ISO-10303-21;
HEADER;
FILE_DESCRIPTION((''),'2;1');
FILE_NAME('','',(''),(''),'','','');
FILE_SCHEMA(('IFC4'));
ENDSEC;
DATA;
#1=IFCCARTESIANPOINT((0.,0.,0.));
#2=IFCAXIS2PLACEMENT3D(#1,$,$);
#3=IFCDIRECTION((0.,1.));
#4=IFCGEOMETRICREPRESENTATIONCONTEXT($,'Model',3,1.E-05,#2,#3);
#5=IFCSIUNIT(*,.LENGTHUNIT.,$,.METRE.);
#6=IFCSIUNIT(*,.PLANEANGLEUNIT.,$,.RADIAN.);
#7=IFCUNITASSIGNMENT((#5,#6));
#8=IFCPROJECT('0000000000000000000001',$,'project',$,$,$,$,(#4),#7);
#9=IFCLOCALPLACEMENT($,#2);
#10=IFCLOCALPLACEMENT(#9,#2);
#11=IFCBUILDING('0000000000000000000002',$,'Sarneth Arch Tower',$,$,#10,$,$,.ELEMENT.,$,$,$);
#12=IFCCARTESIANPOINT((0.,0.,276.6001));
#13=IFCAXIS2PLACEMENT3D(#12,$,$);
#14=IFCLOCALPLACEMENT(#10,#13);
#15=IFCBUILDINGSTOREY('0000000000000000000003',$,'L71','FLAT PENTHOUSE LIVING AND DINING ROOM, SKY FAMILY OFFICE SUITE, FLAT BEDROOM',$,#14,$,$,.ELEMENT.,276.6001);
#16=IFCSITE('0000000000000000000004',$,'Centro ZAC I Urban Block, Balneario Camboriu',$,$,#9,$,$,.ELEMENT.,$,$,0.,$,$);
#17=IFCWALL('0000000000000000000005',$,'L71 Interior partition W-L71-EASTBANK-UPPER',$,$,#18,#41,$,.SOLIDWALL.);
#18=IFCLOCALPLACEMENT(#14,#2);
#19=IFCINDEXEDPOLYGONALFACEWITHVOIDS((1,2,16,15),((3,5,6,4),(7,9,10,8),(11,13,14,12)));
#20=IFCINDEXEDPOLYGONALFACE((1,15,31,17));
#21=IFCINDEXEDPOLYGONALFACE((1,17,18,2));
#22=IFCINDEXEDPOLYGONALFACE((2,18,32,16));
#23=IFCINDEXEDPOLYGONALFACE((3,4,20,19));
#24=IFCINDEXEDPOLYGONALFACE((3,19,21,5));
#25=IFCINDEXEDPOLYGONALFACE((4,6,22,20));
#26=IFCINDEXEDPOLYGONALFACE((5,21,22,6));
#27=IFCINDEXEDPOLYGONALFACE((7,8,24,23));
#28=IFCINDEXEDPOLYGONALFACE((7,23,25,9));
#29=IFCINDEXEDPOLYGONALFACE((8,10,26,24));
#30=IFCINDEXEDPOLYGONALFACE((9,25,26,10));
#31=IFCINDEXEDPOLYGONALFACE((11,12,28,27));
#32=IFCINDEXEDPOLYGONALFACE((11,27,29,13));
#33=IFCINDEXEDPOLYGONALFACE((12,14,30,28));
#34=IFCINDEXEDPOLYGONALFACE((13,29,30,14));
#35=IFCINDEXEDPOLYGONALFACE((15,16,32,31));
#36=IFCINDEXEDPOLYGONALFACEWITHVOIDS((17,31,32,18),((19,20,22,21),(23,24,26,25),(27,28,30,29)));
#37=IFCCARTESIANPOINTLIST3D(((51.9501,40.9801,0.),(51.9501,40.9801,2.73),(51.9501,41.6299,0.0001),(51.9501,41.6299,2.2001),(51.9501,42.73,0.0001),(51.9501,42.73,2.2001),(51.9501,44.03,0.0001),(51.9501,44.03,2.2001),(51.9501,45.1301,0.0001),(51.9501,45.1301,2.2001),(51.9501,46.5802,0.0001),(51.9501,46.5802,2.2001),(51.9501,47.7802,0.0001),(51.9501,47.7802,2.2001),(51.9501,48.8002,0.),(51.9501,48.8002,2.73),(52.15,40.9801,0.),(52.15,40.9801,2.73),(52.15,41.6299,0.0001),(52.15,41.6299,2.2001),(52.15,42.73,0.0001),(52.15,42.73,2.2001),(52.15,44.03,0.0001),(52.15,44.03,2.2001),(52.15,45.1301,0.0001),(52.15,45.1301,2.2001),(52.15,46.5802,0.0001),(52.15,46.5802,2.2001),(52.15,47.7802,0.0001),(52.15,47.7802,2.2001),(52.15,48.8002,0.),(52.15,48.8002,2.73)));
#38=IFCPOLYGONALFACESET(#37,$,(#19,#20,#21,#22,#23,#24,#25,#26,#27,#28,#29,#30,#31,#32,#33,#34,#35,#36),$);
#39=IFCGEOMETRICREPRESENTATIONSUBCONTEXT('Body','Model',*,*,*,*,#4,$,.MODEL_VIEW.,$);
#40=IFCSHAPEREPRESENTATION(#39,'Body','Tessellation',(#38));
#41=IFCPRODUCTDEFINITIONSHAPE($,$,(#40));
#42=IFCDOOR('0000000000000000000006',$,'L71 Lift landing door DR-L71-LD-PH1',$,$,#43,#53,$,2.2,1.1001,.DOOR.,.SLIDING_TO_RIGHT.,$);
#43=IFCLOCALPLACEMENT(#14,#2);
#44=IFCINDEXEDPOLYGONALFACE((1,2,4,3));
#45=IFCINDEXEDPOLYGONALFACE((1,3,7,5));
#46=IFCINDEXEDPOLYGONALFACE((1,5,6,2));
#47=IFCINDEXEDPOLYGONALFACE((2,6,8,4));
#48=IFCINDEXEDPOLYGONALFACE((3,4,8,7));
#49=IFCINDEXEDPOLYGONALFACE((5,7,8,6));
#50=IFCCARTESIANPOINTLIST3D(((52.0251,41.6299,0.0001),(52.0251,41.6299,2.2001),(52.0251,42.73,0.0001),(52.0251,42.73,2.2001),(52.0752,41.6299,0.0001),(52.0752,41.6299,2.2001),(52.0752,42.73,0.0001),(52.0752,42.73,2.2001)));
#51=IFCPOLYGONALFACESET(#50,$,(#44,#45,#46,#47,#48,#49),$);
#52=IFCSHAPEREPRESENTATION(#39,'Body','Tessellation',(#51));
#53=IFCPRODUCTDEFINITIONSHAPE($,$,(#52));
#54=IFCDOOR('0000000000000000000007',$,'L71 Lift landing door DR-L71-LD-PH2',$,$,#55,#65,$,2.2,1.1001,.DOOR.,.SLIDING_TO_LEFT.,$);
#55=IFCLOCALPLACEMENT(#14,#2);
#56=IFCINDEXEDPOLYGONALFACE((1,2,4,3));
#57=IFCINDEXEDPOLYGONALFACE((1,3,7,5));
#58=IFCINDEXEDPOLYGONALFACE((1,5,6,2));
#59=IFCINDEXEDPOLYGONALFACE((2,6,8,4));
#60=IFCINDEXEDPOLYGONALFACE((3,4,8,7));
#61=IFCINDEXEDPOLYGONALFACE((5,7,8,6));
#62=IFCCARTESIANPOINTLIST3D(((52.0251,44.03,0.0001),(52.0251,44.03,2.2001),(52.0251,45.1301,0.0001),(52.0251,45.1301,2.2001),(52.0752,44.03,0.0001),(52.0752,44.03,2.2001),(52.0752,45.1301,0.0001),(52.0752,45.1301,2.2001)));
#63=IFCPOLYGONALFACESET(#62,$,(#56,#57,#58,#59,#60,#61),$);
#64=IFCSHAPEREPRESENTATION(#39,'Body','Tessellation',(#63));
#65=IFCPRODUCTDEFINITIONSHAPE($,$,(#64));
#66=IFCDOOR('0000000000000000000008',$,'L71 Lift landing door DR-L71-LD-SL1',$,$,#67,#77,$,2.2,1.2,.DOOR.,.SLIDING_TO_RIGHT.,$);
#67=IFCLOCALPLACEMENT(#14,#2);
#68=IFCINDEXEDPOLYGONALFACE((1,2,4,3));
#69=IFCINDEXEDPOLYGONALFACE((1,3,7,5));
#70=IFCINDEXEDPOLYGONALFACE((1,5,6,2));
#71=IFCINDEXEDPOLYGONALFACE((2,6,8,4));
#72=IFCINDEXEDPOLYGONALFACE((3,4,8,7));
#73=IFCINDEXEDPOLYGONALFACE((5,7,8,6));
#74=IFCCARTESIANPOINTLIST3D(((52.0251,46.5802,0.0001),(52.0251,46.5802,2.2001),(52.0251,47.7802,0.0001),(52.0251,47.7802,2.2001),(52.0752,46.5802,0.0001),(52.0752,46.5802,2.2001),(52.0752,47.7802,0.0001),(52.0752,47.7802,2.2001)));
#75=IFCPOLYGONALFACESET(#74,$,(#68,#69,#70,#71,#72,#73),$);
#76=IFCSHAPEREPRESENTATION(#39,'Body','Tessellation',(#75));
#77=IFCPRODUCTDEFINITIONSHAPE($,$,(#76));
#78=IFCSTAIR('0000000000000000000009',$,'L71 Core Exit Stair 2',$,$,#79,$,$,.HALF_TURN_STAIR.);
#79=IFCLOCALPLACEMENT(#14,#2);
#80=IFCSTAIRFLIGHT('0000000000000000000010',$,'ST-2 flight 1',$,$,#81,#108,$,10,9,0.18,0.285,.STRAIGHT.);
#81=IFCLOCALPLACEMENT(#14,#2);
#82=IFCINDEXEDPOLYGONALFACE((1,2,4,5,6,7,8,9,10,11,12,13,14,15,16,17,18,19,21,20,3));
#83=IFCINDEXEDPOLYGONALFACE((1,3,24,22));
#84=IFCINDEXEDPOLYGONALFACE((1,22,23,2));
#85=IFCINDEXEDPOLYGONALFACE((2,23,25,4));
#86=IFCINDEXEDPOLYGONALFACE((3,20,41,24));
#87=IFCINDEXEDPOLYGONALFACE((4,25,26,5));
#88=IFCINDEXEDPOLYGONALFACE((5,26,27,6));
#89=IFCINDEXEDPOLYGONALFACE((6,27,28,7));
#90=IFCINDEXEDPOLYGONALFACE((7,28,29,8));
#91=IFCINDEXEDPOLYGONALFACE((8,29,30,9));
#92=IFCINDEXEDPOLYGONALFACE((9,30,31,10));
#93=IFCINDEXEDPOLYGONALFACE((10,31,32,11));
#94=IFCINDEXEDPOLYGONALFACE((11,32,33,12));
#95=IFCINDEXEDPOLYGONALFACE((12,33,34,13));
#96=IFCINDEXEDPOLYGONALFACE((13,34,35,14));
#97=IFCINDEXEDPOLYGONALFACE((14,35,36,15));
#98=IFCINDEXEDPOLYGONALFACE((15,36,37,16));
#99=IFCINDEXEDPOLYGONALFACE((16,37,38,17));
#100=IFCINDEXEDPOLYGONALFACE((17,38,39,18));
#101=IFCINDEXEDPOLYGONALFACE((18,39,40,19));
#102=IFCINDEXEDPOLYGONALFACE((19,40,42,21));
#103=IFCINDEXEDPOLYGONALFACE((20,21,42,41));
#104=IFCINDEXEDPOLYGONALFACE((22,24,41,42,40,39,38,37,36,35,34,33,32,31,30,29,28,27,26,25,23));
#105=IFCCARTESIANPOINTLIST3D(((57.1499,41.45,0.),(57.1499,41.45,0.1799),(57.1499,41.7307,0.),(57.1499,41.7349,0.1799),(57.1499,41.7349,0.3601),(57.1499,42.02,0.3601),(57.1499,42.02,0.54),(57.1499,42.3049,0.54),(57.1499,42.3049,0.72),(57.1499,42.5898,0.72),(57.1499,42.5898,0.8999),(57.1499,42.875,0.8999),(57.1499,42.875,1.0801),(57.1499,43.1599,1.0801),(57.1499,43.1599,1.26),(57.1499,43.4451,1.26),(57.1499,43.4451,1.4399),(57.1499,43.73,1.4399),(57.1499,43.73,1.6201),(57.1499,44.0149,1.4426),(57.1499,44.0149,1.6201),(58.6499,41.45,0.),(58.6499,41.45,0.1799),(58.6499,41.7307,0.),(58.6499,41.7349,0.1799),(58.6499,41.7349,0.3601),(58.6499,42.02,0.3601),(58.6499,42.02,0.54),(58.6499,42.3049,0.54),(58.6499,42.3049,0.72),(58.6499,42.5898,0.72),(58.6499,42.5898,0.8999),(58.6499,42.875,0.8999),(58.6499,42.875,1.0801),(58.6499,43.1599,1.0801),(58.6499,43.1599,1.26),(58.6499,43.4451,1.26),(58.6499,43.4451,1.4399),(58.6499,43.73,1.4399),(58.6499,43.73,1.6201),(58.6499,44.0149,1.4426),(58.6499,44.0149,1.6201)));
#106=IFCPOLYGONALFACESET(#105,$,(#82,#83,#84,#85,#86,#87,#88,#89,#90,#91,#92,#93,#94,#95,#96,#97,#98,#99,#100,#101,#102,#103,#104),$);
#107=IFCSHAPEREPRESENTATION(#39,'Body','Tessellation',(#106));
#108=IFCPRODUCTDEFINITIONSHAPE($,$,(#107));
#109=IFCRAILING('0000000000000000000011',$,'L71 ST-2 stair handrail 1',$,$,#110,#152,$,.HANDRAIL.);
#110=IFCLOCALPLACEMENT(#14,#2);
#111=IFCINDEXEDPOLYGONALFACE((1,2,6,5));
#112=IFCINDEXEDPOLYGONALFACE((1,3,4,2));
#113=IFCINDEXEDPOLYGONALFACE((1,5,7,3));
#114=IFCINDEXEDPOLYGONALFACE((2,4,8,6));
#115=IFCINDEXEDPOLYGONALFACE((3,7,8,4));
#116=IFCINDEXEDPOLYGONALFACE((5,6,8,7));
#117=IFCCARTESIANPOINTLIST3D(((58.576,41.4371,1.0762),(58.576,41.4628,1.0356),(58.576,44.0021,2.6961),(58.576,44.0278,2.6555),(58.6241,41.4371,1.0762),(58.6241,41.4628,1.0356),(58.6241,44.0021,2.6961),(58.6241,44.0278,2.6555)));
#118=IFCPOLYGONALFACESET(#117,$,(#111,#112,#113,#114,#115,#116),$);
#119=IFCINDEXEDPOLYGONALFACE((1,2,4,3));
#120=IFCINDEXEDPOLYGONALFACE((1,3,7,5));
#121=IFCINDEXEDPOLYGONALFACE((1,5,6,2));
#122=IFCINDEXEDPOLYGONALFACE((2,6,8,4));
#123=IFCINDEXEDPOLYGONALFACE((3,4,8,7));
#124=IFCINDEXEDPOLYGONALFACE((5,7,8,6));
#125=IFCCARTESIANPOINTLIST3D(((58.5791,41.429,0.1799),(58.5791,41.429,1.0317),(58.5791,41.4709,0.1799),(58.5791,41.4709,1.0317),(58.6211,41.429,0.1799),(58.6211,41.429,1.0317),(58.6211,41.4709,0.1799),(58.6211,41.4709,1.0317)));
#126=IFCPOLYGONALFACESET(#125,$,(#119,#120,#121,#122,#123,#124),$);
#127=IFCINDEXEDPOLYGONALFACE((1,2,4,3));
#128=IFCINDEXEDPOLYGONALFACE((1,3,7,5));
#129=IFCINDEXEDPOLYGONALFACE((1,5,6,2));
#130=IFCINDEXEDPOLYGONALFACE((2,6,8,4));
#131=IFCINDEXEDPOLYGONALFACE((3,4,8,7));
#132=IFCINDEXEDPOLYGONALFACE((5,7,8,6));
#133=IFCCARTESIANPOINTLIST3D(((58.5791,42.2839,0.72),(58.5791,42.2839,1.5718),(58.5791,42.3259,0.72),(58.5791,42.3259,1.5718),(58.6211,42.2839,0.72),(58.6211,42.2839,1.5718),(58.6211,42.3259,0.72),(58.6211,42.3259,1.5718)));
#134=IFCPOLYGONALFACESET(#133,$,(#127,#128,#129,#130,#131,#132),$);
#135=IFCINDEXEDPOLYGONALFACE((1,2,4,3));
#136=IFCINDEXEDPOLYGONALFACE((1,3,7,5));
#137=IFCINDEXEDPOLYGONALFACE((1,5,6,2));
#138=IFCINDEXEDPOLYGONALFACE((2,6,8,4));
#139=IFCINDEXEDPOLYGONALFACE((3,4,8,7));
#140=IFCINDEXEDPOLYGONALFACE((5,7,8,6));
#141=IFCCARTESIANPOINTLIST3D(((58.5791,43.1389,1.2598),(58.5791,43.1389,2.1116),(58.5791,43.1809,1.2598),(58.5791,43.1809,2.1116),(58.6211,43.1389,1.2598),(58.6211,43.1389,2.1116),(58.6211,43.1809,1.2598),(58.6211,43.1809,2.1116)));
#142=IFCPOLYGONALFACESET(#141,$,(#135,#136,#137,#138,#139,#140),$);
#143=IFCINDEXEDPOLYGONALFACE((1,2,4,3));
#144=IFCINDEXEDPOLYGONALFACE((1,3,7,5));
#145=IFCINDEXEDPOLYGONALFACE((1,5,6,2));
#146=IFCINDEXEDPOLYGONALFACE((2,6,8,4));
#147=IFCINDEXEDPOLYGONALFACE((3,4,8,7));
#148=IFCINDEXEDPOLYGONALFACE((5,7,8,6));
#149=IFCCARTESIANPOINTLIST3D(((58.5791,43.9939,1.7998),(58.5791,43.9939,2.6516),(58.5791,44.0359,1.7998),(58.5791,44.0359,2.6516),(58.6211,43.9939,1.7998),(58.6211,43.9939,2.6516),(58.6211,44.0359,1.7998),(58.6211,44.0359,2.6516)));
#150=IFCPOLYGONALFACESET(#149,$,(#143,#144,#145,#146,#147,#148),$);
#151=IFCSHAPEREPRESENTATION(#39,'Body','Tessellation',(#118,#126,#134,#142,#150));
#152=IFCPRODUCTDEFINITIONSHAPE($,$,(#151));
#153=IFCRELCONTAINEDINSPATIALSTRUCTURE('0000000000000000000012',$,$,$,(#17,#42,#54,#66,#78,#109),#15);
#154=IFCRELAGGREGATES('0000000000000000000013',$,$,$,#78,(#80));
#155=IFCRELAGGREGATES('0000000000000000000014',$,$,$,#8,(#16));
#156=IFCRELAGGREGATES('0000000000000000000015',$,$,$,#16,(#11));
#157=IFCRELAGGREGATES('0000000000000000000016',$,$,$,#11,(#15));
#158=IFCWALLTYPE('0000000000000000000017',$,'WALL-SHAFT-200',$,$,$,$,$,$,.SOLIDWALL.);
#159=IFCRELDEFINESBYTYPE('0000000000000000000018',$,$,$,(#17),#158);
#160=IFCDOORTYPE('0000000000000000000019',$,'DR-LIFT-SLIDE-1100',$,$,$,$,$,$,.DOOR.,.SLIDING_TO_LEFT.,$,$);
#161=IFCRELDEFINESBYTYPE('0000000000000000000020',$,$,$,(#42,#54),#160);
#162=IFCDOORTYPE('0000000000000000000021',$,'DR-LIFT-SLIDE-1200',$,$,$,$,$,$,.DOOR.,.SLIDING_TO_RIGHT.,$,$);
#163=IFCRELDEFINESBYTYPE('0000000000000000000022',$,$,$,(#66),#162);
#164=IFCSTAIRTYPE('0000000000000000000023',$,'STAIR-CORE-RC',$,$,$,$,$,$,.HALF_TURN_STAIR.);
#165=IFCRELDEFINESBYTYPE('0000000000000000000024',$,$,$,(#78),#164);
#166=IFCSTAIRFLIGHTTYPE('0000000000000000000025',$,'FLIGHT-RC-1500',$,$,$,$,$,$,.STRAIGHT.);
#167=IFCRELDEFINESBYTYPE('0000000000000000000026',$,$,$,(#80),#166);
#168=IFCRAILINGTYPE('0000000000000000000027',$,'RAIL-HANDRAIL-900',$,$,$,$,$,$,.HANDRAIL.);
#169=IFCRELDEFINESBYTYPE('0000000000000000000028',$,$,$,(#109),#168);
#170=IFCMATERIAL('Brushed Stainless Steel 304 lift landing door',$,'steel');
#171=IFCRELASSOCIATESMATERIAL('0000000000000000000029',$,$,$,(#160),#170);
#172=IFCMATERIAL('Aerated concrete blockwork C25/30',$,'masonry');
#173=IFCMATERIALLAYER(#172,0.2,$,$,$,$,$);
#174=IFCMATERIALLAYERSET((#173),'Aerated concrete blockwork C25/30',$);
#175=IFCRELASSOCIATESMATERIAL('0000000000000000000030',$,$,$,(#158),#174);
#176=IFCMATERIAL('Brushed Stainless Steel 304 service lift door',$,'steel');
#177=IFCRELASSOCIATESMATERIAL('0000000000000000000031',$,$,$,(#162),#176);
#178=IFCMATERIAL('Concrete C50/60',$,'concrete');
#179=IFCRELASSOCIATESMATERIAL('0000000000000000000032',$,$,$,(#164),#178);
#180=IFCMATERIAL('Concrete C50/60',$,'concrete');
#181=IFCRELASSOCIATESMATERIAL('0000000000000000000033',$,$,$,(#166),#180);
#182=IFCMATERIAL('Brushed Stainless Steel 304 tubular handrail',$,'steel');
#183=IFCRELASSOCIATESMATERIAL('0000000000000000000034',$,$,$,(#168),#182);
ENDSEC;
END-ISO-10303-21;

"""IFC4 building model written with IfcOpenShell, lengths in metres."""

from ifc_helpers import new_model, si_unit, direction, frame, frame_2d, origin, origin_2d, place, context, subcontext, project, spatial, polyline, rectangle, outline, extrude, material, layer, layer_set, type_object, element, fill, aggregate, save


model = new_model("IFC4")

# Units and contexts
model_context = context("Model", 3, precision=1e-05, world=origin(), true_north=direction((0.0, 1.0)))
body_context = subcontext(model_context, "Body", "Model", "MODEL_VIEW")
ifc_project = project(units=[si_unit("LENGTHUNIT", "METRE"), si_unit("PLANEANGLEUNIT", "RADIAN")], contexts=[model_context])

# Site, building, storey
site_placement = place(None, origin())
site = spatial("IfcSite", under=ifc_project, at=site_placement, Name="Centro ZAC I Urban Block, Balneario Camboriu", CompositionType="ELEMENT", RefElevation=0.0)
building_placement = place(site_placement, origin())
building = spatial("IfcBuilding", under=site, at=building_placement, Name="Sarneth Arch Tower", CompositionType="ELEMENT")
storey_placement = place(building_placement, frame((0.0, 0.0, 276.6001)))
storey = spatial("IfcBuildingStorey", under=building, at=storey_placement, Name="L71", Description="FLAT PENTHOUSE LIVING AND DINING ROOM, SKY FAMILY OFFICE SUITE, FLAT BEDROOM", CompositionType="ELEMENT", Elevation=276.6001)

# Shared definitions
ifc_material_1 = material(Name="Brushed Stainless Steel 304 lift landing door", Category="steel")
door_type_1 = type_object("IfcDoorType", Name="DR-LIFT-SLIDE-1100", OperationType="SLIDING_TO_LEFT", PredefinedType="DOOR", material=ifc_material_1)

# Shared definitions
ifc_material_2 = material(Name="Aerated concrete blockwork C25/30", Category="masonry")
ifc_layer_1 = layer(ifc_material_2, 0.2)
ifc_layer_set_1 = layer_set([ifc_layer_1], Name="Aerated concrete blockwork C25/30")
wall_type_1 = type_object("IfcWallType", Name="WALL-SHAFT-200", PredefinedType="SOLIDWALL", material=ifc_layer_set_1)

# Wall, openings, doors
wall_1_placement = place(storey_placement, frame((52.05, 40.98, 0.0), z_axis=(0.0, 0.0, 1.0), x_axis=(0.0, 1.0, 0.0)))
wall_1 = element("IfcWall", 1, at=wall_1_placement, inside=storey, type_object=wall_type_1, Name="L71 Interior partition W-L71-EASTBANK-UPPER", PredefinedType="SOLIDWALL", context=body_context, shape_type="SweptSolid", body=[
    extrude(rectangle(XDim=7.8201, YDim=0.2, at=frame_2d((3.9102, 0.0))), origin(), (0.0, 0.0, 1.0), 2.73),
])
opening_1_placement = place(wall_1_placement, frame((0.6499, 0.0, 0.0)))
opening_1 = element("IfcOpeningElement", 2, at=opening_1_placement, cuts=wall_1, PredefinedType="OPENING", context=body_context, shape_type="SweptSolid", body=[
    extrude(rectangle(XDim=1.1001, YDim=2.2, at=frame_2d((0.55, 1.1001))), frame((0.0, 0.1099, 0.0), z_axis=(0.0, -1.0, 0.0), x_axis=(1.0, 0.0, 0.0)), (0.0, 0.0, 1.0), 0.22),
])
opening_2_placement = place(wall_1_placement, frame((3.05, 0.0, 0.0)))
opening_2 = element("IfcOpeningElement", 3, at=opening_2_placement, cuts=wall_1, PredefinedType="OPENING", context=body_context, shape_type="SweptSolid", body=[
    extrude(rectangle(XDim=1.1001, YDim=2.2, at=frame_2d((0.55, 1.1001))), frame((0.0, 0.1099, 0.0), z_axis=(0.0, -1.0, 0.0), x_axis=(1.0, 0.0, 0.0)), (0.0, 0.0, 1.0), 0.22),
])
opening_3_placement = place(wall_1_placement, frame((5.6001, 0.0, 0.0)))
opening_3 = element("IfcOpeningElement", 4, at=opening_3_placement, cuts=wall_1, PredefinedType="OPENING", context=body_context, shape_type="SweptSolid", body=[
    extrude(rectangle(XDim=1.2, YDim=2.2, at=frame_2d((0.6001, 1.1001))), frame((0.0, 0.1099, 0.0), z_axis=(0.0, -1.0, 0.0), x_axis=(1.0, 0.0, 0.0)), (0.0, 0.0, 1.0), 0.22),
])
door_1_placement = place(opening_1_placement, origin())
door_1 = element("IfcDoor", 5, at=door_1_placement, inside=storey, type_object=door_type_1, Name="L71 Lift landing door DR-L71-LD-PH1", OperationType="SLIDING_TO_RIGHT", OverallHeight=2.2, OverallWidth=1.1001, PredefinedType="DOOR", context=body_context, shape_type="SweptSolid", body=[
    extrude(rectangle(XDim=1.1001, YDim=2.2, at=frame_2d((0.55, 1.1001))), frame((0.0, 0.0249, 0.0), z_axis=(0.0, -1.0, 0.0), x_axis=(1.0, 0.0, 0.0)), (0.0, 0.0, 1.0), 0.05),
])
fill(opening_1, door_1)
door_2_placement = place(opening_2_placement, origin())
door_2 = element("IfcDoor", 6, at=door_2_placement, inside=storey, type_object=door_type_1, Name="L71 Lift landing door DR-L71-LD-PH2", OperationType="SLIDING_TO_LEFT", OverallHeight=2.2, OverallWidth=1.1001, PredefinedType="DOOR", context=body_context, shape_type="SweptSolid", body=[
    extrude(rectangle(XDim=1.1001, YDim=2.2, at=frame_2d((0.55, 1.1001))), frame((0.0, 0.0249, 0.0), z_axis=(0.0, -1.0, 0.0), x_axis=(1.0, 0.0, 0.0)), (0.0, 0.0, 1.0), 0.05),
])
fill(opening_2, door_2)
ifc_material_3 = material(Name="Brushed Stainless Steel 304 service lift door", Category="steel")
door_type_2 = type_object("IfcDoorType", Name="DR-LIFT-SLIDE-1200", OperationType="SLIDING_TO_RIGHT", PredefinedType="DOOR", material=ifc_material_3)
door_3_placement = place(opening_3_placement, origin())
door_3 = element("IfcDoor", 7, at=door_3_placement, inside=storey, type_object=door_type_2, Name="L71 Lift landing door DR-L71-LD-SL1", OperationType="SLIDING_TO_RIGHT", OverallHeight=2.2, OverallWidth=1.2, PredefinedType="DOOR", context=body_context, shape_type="SweptSolid", body=[
    extrude(rectangle(XDim=1.2, YDim=2.2, at=frame_2d((0.6001, 1.1001))), frame((0.0, 0.0249, 0.0), z_axis=(0.0, -1.0, 0.0), x_axis=(1.0, 0.0, 0.0)), (0.0, 0.0, 1.0), 0.05),
])
fill(opening_3, door_3)

# Stair, stair flight
ifc_material_4 = material(Name="Concrete C50/60", Category="concrete")
stair_type = type_object("IfcStairType", Name="STAIR-CORE-RC", PredefinedType="HALF_TURN_STAIR", material=ifc_material_4)
stair_placement = place(storey_placement, origin())
stair = element("IfcStair", 8, at=stair_placement, inside=storey, type_object=stair_type, Name="L71 Core Exit Stair 2", PredefinedType="HALF_TURN_STAIR")
ifc_material_5 = material(Name="Concrete C50/60", Category="concrete")
stair_flight_type = type_object("IfcStairFlightType", Name="FLIGHT-RC-1500", PredefinedType="STRAIGHT", material=ifc_material_5)
stair_flight_placement = place(storey_placement, frame((57.8999, 41.45, 0.0), z_axis=(0.0, 0.0, 1.0), x_axis=(0.0, 1.0, 0.0)))
stair_flight = element("IfcStairFlight", 9, at=stair_flight_placement, type_object=stair_flight_type, Name="ST-2 flight 1", NumberOfRisers=10, NumberOfTreads=9, PredefinedType="STRAIGHT", RiserHeight=0.18, TreadLength=0.285, context=body_context, shape_type="SweptSolid", body=[
    extrude(outline(polyline([(0.0, 0.0), (0.0, 0.1799), (0.2849, 0.1799), (0.2849, 0.3601), (0.5701, 0.3601), (0.5701, 0.54), (0.855, 0.54), (0.855, 0.72), (1.1399, 0.72), (1.1399, 0.8999), (1.425, 0.8999), (1.425, 1.0801), (1.71, 1.0801), (1.71, 1.26), (1.9951, 1.26), (1.9951, 1.4399), (2.28, 1.4399), (2.28, 1.6201), (2.5649, 1.6201), (2.5649, 1.8), (2.5649, 1.4426), (0.2808, 0.0), (0.0, 0.0)])), frame((0.0, 0.75, 0.0), z_axis=(0.0, -1.0, 0.0), x_axis=(1.0, 0.0, 0.0)), (0.0, 0.0, 1.0), 1.5),
])
aggregate(stair, [stair_flight])

# Railing
ifc_material_6 = material(Name="Brushed Stainless Steel 304 tubular handrail", Category="steel")
railing_type_1 = type_object("IfcRailingType", Name="RAIL-HANDRAIL-900", PredefinedType="HANDRAIL", material=ifc_material_6)
railing_1_placement = place(storey_placement, frame((58.6001, 41.45, 0.1799)))
element("IfcRailing", 10, at=railing_1_placement, inside=storey, type_object=railing_type_1, Name="L71 ST-2 stair handrail 1", PredefinedType="HANDRAIL", context=body_context, shape_type="SweptSolid", body=[
    extrude(rectangle(XDim=0.0481, YDim=0.0481, at=origin_2d()), frame((0.0, 0.0, 0.876), z_axis=(0.0, 0.845502, 0.533972), x_axis=(-1.0, 0.0, 0.0)), (0.0, 0.0, 1.0), 3.0337),
    extrude(rectangle(XDim=0.042, YDim=0.042, at=origin_2d()), origin(), (0.0, 0.0, 1.0), 0.8518),
    extrude(rectangle(XDim=0.042, YDim=0.042, at=origin_2d()), frame((0.0, 0.855, 0.54)), (0.0, 0.0, 1.0), 0.8518),
    extrude(rectangle(XDim=0.042, YDim=0.042, at=origin_2d()), frame((0.0, 1.71, 1.0798)), (0.0, 0.0, 1.0), 0.8518),
    extrude(rectangle(XDim=0.042, YDim=0.042, at=origin_2d()), frame((0.0, 2.5649, 1.6199)), (0.0, 0.0, 1.0), 0.8518),
])

save(model, "model.ifc")
